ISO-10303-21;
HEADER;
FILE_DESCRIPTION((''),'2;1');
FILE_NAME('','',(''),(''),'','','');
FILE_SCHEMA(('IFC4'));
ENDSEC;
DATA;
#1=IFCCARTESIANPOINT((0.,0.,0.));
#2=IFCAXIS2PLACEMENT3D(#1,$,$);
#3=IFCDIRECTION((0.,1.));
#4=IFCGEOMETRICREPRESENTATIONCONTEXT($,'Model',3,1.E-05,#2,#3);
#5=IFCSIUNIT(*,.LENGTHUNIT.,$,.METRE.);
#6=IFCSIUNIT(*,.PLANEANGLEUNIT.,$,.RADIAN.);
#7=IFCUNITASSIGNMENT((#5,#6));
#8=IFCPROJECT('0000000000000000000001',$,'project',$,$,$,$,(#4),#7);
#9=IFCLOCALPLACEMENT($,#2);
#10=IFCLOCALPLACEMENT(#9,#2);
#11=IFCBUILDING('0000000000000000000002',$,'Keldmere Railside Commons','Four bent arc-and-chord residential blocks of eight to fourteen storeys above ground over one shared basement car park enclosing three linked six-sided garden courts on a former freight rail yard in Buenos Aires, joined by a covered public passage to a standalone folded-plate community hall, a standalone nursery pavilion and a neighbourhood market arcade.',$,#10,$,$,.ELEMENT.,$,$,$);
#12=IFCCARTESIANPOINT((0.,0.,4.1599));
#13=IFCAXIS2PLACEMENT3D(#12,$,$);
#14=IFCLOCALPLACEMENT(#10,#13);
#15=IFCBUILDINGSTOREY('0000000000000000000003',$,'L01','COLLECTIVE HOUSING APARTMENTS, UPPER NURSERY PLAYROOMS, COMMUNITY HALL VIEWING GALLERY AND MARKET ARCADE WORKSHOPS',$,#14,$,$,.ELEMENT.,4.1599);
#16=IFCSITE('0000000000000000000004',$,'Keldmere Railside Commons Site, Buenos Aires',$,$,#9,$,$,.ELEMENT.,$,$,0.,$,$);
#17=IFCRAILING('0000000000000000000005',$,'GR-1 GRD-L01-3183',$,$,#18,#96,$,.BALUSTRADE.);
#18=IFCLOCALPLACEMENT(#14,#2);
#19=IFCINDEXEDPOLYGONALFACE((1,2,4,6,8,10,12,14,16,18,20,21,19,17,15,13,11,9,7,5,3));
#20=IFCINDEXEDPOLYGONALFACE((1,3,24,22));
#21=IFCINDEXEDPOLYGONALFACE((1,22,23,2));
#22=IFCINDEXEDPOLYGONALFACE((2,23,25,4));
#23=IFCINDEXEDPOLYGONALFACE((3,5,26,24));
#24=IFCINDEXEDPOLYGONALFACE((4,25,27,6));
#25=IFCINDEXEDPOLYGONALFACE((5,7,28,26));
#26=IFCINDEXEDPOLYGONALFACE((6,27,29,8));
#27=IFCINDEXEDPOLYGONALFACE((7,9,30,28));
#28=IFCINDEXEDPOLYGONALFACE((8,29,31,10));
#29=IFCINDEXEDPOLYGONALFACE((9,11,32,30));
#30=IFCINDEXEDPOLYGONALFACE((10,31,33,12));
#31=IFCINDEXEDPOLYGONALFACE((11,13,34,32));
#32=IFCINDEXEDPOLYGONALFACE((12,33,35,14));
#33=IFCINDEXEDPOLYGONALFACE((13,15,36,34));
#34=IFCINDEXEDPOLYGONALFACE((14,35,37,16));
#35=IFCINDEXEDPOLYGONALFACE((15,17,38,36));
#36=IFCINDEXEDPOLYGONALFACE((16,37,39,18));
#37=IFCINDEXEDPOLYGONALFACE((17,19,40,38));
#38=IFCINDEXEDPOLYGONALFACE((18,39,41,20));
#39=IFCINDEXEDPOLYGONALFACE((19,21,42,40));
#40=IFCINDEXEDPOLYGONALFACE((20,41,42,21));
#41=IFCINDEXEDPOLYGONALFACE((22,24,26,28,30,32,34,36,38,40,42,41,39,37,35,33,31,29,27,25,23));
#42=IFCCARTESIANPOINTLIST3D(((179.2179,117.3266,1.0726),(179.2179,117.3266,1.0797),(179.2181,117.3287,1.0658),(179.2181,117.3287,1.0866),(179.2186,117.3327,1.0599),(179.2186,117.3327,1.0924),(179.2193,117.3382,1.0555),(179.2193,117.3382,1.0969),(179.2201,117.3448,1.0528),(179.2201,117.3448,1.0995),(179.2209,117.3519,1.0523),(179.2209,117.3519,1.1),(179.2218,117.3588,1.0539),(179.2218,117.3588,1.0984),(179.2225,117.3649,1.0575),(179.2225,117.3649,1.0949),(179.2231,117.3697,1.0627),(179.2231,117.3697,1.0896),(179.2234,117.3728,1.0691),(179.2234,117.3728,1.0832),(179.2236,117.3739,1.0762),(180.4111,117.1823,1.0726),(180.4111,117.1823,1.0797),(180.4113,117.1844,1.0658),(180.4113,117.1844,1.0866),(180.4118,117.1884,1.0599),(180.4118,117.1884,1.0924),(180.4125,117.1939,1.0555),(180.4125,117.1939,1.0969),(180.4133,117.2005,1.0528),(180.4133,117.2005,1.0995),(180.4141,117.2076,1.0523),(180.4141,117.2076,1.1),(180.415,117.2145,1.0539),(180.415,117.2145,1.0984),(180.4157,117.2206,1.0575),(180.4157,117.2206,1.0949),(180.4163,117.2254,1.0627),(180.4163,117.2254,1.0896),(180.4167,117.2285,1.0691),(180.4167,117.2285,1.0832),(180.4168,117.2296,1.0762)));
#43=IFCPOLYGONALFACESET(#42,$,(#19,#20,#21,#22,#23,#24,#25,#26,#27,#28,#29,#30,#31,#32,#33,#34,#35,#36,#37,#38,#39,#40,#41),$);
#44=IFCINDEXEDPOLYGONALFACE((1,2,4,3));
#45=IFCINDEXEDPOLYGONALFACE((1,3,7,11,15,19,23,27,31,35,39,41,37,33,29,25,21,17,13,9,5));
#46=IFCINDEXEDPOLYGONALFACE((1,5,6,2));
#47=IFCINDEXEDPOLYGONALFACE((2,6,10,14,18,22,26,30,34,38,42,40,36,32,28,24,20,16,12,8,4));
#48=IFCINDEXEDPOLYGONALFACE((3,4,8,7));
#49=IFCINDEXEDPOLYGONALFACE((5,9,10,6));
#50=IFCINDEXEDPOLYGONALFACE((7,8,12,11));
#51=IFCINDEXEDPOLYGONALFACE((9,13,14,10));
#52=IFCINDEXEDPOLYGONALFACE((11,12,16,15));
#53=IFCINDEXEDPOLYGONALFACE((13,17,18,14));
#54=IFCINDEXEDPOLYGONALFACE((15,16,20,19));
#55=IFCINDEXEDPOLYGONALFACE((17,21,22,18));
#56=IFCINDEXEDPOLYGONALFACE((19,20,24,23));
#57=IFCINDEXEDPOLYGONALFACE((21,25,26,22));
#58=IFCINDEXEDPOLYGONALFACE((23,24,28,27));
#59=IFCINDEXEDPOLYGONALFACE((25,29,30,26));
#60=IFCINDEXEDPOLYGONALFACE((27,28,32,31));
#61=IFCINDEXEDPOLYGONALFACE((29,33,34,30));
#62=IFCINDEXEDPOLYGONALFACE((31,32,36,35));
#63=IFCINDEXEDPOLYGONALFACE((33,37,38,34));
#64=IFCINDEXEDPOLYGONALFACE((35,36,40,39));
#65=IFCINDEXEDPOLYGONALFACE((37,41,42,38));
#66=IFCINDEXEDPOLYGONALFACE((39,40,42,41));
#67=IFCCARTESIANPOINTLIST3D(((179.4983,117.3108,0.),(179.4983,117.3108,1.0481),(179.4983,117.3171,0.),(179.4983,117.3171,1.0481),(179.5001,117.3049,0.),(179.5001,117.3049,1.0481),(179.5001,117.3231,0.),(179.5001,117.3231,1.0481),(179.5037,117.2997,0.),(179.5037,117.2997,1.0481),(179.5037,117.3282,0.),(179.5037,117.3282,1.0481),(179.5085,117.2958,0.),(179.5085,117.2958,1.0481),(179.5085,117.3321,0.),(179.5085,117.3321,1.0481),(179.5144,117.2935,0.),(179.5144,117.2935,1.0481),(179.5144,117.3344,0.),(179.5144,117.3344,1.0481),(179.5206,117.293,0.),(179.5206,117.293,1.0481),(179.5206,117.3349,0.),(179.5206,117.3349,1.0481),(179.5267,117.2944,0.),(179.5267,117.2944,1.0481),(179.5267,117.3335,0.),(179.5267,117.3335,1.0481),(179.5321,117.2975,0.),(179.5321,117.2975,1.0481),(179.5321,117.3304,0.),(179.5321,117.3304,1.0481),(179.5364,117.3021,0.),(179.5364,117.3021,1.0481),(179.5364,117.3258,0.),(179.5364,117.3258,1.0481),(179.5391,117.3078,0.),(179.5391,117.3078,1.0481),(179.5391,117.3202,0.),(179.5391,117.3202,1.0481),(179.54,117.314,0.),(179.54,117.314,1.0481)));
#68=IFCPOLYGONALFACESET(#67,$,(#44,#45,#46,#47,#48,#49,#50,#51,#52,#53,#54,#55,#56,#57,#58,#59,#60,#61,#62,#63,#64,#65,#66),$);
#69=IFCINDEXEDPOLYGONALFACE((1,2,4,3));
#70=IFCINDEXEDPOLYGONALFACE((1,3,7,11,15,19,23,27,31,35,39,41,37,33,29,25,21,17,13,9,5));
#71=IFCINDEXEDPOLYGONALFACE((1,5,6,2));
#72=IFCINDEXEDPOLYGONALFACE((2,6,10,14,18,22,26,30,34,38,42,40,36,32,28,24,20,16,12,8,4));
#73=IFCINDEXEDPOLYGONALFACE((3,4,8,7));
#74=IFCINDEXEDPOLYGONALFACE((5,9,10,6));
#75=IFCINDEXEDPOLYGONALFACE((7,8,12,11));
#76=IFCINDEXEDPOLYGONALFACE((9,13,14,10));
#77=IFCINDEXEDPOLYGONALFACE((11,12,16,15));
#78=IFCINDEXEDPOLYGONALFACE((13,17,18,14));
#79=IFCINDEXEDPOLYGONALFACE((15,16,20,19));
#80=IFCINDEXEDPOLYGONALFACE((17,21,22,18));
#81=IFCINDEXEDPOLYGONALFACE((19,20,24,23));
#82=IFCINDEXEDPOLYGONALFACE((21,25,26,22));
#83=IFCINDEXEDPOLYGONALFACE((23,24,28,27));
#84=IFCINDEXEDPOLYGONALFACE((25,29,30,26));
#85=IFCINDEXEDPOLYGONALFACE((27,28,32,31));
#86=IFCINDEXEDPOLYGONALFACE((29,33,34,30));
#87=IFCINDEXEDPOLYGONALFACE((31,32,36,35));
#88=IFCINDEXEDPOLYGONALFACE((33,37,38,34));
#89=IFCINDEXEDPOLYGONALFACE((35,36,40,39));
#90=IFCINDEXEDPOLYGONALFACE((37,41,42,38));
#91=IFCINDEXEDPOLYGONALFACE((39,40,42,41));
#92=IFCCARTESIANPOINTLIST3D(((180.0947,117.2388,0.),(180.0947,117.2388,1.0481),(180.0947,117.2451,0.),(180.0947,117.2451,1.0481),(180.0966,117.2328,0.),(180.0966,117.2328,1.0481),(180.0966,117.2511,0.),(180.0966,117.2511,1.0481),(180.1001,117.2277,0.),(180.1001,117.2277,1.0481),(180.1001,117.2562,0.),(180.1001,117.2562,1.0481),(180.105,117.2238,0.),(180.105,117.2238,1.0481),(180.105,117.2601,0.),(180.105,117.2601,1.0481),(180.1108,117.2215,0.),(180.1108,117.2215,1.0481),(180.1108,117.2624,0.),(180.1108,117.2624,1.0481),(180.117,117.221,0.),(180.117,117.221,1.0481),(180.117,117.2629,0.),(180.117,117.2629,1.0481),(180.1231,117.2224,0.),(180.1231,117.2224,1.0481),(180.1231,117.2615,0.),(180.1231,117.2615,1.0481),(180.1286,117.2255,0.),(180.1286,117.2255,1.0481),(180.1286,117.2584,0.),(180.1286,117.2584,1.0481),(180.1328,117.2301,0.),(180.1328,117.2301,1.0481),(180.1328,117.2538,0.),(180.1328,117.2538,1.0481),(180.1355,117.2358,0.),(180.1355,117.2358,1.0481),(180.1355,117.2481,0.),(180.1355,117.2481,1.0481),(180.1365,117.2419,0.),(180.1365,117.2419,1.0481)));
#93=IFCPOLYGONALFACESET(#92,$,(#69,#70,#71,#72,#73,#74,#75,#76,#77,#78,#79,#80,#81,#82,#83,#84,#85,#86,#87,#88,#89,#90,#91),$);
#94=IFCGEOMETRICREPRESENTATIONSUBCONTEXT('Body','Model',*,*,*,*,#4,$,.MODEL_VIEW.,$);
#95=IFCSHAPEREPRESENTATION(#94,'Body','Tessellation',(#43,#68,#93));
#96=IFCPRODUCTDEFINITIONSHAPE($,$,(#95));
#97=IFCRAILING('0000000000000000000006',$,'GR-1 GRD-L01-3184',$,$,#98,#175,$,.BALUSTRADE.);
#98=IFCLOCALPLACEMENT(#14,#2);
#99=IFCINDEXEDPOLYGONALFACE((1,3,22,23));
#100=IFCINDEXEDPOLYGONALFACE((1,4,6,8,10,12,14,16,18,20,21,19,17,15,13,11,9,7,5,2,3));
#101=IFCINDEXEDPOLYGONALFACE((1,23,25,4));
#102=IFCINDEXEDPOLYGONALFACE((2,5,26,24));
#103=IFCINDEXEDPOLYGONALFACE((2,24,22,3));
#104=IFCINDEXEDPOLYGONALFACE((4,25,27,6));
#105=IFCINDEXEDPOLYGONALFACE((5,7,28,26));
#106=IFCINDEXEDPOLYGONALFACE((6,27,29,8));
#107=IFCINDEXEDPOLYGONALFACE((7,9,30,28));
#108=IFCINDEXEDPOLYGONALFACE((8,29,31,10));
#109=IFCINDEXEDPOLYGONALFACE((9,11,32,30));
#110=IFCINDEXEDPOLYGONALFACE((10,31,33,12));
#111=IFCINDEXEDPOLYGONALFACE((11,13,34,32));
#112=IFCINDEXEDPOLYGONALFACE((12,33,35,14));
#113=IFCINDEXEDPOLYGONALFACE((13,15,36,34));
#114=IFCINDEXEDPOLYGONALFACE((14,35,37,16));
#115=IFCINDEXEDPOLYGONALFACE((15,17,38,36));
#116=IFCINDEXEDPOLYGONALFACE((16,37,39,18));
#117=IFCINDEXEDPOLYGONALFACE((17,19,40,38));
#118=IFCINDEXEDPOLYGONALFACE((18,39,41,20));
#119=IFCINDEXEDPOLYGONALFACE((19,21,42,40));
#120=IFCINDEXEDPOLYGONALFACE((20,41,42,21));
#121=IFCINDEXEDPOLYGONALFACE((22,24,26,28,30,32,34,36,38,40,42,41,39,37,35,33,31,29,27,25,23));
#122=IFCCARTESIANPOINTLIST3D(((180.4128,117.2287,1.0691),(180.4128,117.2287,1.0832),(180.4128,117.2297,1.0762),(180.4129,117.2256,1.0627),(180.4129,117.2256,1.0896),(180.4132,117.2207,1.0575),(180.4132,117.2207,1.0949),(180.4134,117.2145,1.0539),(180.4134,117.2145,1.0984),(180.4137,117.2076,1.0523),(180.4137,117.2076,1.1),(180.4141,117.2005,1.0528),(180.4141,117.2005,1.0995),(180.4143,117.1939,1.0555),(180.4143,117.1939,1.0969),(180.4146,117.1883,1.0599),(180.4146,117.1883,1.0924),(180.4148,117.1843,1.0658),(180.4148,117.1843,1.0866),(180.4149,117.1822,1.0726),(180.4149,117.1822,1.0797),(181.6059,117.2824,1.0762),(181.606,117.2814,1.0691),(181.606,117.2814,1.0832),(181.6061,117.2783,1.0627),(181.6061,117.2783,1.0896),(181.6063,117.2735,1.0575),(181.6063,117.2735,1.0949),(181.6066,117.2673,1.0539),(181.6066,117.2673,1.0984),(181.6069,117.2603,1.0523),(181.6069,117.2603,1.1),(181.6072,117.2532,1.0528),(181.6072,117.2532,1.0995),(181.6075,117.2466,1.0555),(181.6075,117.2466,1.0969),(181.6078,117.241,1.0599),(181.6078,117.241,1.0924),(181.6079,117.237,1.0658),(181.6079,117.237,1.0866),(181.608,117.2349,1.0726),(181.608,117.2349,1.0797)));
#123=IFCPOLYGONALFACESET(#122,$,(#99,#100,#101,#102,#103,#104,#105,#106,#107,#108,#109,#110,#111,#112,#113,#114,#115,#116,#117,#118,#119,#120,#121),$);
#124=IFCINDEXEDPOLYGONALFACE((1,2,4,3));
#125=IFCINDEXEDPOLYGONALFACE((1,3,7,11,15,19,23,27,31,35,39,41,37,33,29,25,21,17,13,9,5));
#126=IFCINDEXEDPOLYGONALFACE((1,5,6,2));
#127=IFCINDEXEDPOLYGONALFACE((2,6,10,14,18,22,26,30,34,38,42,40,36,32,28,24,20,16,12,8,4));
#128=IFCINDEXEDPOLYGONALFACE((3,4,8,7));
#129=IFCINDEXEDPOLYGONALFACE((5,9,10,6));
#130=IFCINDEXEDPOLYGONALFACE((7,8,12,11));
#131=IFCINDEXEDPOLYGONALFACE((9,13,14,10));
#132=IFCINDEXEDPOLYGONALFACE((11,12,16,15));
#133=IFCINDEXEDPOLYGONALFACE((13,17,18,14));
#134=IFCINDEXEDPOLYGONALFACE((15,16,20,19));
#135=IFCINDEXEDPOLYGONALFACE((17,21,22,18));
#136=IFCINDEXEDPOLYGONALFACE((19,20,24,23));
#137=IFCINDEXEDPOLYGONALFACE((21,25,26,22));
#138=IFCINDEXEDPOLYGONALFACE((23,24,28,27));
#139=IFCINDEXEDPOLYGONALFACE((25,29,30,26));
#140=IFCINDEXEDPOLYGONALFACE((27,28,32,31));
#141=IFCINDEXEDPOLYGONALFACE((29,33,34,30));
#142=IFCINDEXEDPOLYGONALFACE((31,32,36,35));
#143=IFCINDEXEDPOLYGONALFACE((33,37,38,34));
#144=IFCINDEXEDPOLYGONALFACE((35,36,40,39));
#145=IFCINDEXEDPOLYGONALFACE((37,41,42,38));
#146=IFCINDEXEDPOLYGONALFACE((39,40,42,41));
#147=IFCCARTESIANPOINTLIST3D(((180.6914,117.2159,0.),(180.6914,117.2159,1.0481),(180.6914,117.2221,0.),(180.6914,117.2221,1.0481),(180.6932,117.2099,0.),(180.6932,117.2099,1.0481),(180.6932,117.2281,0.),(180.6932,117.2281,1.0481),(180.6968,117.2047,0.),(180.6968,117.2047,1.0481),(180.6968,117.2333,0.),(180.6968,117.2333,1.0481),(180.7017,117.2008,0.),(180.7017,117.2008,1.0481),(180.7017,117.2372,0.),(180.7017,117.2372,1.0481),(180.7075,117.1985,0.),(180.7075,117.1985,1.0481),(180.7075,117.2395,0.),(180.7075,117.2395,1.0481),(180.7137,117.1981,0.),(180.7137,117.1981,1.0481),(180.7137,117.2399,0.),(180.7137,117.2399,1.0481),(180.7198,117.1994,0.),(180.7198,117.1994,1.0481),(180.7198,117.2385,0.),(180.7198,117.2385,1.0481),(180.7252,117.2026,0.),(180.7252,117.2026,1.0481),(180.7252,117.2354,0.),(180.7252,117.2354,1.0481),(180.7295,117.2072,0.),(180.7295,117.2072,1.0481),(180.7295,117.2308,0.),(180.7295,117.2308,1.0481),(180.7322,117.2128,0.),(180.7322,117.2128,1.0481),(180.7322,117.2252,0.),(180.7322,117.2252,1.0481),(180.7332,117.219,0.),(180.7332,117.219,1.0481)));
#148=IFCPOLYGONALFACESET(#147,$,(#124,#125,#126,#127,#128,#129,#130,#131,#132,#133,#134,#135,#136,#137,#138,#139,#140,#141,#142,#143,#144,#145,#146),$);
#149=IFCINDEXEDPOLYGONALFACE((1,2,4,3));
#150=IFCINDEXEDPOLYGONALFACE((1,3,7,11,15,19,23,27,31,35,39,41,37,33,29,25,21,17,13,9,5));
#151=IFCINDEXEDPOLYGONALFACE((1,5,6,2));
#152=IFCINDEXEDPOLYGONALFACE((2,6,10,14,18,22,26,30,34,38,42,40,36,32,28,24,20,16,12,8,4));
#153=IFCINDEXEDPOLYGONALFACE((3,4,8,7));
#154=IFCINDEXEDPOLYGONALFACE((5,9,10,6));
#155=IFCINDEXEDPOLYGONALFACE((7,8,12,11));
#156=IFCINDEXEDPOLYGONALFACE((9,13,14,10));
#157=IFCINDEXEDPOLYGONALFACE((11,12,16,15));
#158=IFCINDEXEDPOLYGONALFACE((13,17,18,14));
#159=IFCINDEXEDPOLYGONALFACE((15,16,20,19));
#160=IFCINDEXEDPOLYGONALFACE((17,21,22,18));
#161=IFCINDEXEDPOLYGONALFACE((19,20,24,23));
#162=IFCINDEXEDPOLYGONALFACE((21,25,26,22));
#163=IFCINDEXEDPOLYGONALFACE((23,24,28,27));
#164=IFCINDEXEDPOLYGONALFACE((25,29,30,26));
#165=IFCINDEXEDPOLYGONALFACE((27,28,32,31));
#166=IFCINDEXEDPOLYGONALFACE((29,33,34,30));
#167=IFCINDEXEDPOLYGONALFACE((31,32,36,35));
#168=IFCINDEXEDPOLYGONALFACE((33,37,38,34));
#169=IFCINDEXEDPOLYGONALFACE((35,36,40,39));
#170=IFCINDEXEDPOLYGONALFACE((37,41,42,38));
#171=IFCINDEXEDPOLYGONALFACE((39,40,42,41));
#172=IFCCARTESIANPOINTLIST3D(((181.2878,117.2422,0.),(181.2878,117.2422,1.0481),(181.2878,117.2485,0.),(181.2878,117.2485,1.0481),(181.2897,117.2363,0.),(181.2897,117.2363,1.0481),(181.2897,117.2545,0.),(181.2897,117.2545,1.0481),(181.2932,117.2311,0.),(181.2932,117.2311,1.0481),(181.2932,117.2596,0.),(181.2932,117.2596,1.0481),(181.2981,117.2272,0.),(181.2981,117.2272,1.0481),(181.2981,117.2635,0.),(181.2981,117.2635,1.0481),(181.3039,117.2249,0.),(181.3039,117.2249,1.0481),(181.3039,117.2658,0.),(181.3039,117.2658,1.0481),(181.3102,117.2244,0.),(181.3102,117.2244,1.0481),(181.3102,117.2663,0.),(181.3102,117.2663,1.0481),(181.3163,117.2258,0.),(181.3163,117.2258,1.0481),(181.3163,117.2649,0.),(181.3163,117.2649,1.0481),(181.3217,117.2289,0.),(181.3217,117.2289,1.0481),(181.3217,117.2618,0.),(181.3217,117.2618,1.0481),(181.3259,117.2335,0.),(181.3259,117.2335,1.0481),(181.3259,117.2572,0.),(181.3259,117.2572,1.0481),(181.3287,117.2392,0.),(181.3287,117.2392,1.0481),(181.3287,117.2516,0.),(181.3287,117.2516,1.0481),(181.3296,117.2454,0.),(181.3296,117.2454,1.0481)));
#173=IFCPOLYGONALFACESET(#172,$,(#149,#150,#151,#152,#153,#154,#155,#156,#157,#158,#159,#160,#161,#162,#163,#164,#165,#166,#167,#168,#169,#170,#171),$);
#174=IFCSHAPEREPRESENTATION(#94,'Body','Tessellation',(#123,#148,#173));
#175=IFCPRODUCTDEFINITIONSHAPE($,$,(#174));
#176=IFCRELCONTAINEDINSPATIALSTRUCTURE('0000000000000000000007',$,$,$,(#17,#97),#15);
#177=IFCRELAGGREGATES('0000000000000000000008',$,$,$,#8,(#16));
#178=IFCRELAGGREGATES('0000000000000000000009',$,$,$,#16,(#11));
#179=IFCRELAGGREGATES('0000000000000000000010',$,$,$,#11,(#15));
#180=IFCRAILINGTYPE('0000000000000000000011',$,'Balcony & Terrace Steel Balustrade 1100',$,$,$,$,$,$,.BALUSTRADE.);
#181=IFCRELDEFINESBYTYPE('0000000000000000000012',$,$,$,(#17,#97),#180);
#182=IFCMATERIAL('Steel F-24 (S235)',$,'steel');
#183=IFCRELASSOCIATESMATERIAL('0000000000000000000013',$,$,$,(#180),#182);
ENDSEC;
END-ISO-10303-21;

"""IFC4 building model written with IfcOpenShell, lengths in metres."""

from ifc_helpers import new_model, si_unit, direction, frame, origin, origin_2d, place, context, subcontext, project, spatial, circle, extrude, material, type_object, element, save


model = new_model("IFC4")

# Units and contexts
model_context = context("Model", 3, precision=1e-05, world=origin(), true_north=direction((0.0, 1.0)))
body_context = subcontext(model_context, "Body", "Model", "MODEL_VIEW")
ifc_project = project(units=[si_unit("LENGTHUNIT", "METRE"), si_unit("PLANEANGLEUNIT", "RADIAN")], contexts=[model_context])

# Site, building, storey
site_placement = place(None, origin())
site = spatial("IfcSite", under=ifc_project, at=site_placement, Name="Keldmere Railside Commons Site, Buenos Aires", CompositionType="ELEMENT", RefElevation=0.0)
building_placement = place(site_placement, origin())
building = spatial("IfcBuilding", under=site, at=building_placement, Name="Keldmere Railside Commons", Description="Four bent arc-and-chord residential blocks of eight to fourteen storeys above ground over one shared basement car park enclosing three linked six-sided garden courts on a former freight rail yard in Buenos Aires, joined by a covered public passage to a standalone folded-plate community hall, a standalone nursery pavilion and a neighbourhood market arcade.", CompositionType="ELEMENT")
storey_placement = place(building_placement, frame((0.0, 0.0, 4.1599)))
storey = spatial("IfcBuildingStorey", under=building, at=storey_placement, Name="L01", Description="COLLECTIVE HOUSING APARTMENTS, UPPER NURSERY PLAYROOMS, COMMUNITY HALL VIEWING GALLERY AND MARKET ARCADE WORKSHOPS", CompositionType="ELEMENT", Elevation=4.1599)

# Railings
ifc_material_1 = material(Name="Steel F-24 (S235)", Category="steel")
railing_type = type_object("IfcRailingType", Name="Balcony & Terrace Steel Balustrade 1100", PredefinedType="BALUSTRADE", material=ifc_material_1)
railing_1_placement = place(storey_placement, frame((179.2207, 117.3501, 0.0)))
element("IfcRailing", 1, at=railing_1_placement, inside=storey, type_object=railing_type, Name="GR-1 GRD-L01-3183", PredefinedType="BALUSTRADE", context=body_context, shape_type="SweptSolid", body=[
    extrude(circle(Radius=0.0239, at=origin_2d()), frame((0.0, 0.0, 1.0762), z_axis=(0.992767, -0.120058, 0.0), x_axis=(0.120058, 0.992767, 0.0)), (0.0, 0.0, 1.0), 1.2019),
    extrude(circle(Radius=0.021, at=origin_2d()), frame((0.2983, -0.0361, 0.0)), (0.0, 0.0, 1.0), 1.0481),
    extrude(circle(Radius=0.021, at=origin_2d()), frame((0.8948, -0.1082, 0.0)), (0.0, 0.0, 1.0), 1.0481),
])
railing_2_placement = place(storey_placement, frame((180.4138, 117.2058, 0.0)))
element("IfcRailing", 2, at=railing_2_placement, inside=storey, type_object=railing_type, Name="GR-1 GRD-L01-3184", PredefinedType="BALUSTRADE", context=body_context, shape_type="SweptSolid", body=[
    extrude(circle(Radius=0.0239, at=origin_2d()), frame((0.0, 0.0, 1.0762), z_axis=(0.999025, 0.044156, 0.0), x_axis=(-0.044156, 0.999025, 0.0)), (0.0, 0.0, 1.0), 1.1943),
    extrude(circle(Radius=0.021, at=origin_2d()), frame((0.2983, 0.0132, 0.0)), (0.0, 0.0, 1.0), 1.0481),
    extrude(circle(Radius=0.021, at=origin_2d()), frame((0.8948, 0.0396, 0.0)), (0.0, 0.0, 1.0), 1.0481),
])

save(model, "model.ifc")
